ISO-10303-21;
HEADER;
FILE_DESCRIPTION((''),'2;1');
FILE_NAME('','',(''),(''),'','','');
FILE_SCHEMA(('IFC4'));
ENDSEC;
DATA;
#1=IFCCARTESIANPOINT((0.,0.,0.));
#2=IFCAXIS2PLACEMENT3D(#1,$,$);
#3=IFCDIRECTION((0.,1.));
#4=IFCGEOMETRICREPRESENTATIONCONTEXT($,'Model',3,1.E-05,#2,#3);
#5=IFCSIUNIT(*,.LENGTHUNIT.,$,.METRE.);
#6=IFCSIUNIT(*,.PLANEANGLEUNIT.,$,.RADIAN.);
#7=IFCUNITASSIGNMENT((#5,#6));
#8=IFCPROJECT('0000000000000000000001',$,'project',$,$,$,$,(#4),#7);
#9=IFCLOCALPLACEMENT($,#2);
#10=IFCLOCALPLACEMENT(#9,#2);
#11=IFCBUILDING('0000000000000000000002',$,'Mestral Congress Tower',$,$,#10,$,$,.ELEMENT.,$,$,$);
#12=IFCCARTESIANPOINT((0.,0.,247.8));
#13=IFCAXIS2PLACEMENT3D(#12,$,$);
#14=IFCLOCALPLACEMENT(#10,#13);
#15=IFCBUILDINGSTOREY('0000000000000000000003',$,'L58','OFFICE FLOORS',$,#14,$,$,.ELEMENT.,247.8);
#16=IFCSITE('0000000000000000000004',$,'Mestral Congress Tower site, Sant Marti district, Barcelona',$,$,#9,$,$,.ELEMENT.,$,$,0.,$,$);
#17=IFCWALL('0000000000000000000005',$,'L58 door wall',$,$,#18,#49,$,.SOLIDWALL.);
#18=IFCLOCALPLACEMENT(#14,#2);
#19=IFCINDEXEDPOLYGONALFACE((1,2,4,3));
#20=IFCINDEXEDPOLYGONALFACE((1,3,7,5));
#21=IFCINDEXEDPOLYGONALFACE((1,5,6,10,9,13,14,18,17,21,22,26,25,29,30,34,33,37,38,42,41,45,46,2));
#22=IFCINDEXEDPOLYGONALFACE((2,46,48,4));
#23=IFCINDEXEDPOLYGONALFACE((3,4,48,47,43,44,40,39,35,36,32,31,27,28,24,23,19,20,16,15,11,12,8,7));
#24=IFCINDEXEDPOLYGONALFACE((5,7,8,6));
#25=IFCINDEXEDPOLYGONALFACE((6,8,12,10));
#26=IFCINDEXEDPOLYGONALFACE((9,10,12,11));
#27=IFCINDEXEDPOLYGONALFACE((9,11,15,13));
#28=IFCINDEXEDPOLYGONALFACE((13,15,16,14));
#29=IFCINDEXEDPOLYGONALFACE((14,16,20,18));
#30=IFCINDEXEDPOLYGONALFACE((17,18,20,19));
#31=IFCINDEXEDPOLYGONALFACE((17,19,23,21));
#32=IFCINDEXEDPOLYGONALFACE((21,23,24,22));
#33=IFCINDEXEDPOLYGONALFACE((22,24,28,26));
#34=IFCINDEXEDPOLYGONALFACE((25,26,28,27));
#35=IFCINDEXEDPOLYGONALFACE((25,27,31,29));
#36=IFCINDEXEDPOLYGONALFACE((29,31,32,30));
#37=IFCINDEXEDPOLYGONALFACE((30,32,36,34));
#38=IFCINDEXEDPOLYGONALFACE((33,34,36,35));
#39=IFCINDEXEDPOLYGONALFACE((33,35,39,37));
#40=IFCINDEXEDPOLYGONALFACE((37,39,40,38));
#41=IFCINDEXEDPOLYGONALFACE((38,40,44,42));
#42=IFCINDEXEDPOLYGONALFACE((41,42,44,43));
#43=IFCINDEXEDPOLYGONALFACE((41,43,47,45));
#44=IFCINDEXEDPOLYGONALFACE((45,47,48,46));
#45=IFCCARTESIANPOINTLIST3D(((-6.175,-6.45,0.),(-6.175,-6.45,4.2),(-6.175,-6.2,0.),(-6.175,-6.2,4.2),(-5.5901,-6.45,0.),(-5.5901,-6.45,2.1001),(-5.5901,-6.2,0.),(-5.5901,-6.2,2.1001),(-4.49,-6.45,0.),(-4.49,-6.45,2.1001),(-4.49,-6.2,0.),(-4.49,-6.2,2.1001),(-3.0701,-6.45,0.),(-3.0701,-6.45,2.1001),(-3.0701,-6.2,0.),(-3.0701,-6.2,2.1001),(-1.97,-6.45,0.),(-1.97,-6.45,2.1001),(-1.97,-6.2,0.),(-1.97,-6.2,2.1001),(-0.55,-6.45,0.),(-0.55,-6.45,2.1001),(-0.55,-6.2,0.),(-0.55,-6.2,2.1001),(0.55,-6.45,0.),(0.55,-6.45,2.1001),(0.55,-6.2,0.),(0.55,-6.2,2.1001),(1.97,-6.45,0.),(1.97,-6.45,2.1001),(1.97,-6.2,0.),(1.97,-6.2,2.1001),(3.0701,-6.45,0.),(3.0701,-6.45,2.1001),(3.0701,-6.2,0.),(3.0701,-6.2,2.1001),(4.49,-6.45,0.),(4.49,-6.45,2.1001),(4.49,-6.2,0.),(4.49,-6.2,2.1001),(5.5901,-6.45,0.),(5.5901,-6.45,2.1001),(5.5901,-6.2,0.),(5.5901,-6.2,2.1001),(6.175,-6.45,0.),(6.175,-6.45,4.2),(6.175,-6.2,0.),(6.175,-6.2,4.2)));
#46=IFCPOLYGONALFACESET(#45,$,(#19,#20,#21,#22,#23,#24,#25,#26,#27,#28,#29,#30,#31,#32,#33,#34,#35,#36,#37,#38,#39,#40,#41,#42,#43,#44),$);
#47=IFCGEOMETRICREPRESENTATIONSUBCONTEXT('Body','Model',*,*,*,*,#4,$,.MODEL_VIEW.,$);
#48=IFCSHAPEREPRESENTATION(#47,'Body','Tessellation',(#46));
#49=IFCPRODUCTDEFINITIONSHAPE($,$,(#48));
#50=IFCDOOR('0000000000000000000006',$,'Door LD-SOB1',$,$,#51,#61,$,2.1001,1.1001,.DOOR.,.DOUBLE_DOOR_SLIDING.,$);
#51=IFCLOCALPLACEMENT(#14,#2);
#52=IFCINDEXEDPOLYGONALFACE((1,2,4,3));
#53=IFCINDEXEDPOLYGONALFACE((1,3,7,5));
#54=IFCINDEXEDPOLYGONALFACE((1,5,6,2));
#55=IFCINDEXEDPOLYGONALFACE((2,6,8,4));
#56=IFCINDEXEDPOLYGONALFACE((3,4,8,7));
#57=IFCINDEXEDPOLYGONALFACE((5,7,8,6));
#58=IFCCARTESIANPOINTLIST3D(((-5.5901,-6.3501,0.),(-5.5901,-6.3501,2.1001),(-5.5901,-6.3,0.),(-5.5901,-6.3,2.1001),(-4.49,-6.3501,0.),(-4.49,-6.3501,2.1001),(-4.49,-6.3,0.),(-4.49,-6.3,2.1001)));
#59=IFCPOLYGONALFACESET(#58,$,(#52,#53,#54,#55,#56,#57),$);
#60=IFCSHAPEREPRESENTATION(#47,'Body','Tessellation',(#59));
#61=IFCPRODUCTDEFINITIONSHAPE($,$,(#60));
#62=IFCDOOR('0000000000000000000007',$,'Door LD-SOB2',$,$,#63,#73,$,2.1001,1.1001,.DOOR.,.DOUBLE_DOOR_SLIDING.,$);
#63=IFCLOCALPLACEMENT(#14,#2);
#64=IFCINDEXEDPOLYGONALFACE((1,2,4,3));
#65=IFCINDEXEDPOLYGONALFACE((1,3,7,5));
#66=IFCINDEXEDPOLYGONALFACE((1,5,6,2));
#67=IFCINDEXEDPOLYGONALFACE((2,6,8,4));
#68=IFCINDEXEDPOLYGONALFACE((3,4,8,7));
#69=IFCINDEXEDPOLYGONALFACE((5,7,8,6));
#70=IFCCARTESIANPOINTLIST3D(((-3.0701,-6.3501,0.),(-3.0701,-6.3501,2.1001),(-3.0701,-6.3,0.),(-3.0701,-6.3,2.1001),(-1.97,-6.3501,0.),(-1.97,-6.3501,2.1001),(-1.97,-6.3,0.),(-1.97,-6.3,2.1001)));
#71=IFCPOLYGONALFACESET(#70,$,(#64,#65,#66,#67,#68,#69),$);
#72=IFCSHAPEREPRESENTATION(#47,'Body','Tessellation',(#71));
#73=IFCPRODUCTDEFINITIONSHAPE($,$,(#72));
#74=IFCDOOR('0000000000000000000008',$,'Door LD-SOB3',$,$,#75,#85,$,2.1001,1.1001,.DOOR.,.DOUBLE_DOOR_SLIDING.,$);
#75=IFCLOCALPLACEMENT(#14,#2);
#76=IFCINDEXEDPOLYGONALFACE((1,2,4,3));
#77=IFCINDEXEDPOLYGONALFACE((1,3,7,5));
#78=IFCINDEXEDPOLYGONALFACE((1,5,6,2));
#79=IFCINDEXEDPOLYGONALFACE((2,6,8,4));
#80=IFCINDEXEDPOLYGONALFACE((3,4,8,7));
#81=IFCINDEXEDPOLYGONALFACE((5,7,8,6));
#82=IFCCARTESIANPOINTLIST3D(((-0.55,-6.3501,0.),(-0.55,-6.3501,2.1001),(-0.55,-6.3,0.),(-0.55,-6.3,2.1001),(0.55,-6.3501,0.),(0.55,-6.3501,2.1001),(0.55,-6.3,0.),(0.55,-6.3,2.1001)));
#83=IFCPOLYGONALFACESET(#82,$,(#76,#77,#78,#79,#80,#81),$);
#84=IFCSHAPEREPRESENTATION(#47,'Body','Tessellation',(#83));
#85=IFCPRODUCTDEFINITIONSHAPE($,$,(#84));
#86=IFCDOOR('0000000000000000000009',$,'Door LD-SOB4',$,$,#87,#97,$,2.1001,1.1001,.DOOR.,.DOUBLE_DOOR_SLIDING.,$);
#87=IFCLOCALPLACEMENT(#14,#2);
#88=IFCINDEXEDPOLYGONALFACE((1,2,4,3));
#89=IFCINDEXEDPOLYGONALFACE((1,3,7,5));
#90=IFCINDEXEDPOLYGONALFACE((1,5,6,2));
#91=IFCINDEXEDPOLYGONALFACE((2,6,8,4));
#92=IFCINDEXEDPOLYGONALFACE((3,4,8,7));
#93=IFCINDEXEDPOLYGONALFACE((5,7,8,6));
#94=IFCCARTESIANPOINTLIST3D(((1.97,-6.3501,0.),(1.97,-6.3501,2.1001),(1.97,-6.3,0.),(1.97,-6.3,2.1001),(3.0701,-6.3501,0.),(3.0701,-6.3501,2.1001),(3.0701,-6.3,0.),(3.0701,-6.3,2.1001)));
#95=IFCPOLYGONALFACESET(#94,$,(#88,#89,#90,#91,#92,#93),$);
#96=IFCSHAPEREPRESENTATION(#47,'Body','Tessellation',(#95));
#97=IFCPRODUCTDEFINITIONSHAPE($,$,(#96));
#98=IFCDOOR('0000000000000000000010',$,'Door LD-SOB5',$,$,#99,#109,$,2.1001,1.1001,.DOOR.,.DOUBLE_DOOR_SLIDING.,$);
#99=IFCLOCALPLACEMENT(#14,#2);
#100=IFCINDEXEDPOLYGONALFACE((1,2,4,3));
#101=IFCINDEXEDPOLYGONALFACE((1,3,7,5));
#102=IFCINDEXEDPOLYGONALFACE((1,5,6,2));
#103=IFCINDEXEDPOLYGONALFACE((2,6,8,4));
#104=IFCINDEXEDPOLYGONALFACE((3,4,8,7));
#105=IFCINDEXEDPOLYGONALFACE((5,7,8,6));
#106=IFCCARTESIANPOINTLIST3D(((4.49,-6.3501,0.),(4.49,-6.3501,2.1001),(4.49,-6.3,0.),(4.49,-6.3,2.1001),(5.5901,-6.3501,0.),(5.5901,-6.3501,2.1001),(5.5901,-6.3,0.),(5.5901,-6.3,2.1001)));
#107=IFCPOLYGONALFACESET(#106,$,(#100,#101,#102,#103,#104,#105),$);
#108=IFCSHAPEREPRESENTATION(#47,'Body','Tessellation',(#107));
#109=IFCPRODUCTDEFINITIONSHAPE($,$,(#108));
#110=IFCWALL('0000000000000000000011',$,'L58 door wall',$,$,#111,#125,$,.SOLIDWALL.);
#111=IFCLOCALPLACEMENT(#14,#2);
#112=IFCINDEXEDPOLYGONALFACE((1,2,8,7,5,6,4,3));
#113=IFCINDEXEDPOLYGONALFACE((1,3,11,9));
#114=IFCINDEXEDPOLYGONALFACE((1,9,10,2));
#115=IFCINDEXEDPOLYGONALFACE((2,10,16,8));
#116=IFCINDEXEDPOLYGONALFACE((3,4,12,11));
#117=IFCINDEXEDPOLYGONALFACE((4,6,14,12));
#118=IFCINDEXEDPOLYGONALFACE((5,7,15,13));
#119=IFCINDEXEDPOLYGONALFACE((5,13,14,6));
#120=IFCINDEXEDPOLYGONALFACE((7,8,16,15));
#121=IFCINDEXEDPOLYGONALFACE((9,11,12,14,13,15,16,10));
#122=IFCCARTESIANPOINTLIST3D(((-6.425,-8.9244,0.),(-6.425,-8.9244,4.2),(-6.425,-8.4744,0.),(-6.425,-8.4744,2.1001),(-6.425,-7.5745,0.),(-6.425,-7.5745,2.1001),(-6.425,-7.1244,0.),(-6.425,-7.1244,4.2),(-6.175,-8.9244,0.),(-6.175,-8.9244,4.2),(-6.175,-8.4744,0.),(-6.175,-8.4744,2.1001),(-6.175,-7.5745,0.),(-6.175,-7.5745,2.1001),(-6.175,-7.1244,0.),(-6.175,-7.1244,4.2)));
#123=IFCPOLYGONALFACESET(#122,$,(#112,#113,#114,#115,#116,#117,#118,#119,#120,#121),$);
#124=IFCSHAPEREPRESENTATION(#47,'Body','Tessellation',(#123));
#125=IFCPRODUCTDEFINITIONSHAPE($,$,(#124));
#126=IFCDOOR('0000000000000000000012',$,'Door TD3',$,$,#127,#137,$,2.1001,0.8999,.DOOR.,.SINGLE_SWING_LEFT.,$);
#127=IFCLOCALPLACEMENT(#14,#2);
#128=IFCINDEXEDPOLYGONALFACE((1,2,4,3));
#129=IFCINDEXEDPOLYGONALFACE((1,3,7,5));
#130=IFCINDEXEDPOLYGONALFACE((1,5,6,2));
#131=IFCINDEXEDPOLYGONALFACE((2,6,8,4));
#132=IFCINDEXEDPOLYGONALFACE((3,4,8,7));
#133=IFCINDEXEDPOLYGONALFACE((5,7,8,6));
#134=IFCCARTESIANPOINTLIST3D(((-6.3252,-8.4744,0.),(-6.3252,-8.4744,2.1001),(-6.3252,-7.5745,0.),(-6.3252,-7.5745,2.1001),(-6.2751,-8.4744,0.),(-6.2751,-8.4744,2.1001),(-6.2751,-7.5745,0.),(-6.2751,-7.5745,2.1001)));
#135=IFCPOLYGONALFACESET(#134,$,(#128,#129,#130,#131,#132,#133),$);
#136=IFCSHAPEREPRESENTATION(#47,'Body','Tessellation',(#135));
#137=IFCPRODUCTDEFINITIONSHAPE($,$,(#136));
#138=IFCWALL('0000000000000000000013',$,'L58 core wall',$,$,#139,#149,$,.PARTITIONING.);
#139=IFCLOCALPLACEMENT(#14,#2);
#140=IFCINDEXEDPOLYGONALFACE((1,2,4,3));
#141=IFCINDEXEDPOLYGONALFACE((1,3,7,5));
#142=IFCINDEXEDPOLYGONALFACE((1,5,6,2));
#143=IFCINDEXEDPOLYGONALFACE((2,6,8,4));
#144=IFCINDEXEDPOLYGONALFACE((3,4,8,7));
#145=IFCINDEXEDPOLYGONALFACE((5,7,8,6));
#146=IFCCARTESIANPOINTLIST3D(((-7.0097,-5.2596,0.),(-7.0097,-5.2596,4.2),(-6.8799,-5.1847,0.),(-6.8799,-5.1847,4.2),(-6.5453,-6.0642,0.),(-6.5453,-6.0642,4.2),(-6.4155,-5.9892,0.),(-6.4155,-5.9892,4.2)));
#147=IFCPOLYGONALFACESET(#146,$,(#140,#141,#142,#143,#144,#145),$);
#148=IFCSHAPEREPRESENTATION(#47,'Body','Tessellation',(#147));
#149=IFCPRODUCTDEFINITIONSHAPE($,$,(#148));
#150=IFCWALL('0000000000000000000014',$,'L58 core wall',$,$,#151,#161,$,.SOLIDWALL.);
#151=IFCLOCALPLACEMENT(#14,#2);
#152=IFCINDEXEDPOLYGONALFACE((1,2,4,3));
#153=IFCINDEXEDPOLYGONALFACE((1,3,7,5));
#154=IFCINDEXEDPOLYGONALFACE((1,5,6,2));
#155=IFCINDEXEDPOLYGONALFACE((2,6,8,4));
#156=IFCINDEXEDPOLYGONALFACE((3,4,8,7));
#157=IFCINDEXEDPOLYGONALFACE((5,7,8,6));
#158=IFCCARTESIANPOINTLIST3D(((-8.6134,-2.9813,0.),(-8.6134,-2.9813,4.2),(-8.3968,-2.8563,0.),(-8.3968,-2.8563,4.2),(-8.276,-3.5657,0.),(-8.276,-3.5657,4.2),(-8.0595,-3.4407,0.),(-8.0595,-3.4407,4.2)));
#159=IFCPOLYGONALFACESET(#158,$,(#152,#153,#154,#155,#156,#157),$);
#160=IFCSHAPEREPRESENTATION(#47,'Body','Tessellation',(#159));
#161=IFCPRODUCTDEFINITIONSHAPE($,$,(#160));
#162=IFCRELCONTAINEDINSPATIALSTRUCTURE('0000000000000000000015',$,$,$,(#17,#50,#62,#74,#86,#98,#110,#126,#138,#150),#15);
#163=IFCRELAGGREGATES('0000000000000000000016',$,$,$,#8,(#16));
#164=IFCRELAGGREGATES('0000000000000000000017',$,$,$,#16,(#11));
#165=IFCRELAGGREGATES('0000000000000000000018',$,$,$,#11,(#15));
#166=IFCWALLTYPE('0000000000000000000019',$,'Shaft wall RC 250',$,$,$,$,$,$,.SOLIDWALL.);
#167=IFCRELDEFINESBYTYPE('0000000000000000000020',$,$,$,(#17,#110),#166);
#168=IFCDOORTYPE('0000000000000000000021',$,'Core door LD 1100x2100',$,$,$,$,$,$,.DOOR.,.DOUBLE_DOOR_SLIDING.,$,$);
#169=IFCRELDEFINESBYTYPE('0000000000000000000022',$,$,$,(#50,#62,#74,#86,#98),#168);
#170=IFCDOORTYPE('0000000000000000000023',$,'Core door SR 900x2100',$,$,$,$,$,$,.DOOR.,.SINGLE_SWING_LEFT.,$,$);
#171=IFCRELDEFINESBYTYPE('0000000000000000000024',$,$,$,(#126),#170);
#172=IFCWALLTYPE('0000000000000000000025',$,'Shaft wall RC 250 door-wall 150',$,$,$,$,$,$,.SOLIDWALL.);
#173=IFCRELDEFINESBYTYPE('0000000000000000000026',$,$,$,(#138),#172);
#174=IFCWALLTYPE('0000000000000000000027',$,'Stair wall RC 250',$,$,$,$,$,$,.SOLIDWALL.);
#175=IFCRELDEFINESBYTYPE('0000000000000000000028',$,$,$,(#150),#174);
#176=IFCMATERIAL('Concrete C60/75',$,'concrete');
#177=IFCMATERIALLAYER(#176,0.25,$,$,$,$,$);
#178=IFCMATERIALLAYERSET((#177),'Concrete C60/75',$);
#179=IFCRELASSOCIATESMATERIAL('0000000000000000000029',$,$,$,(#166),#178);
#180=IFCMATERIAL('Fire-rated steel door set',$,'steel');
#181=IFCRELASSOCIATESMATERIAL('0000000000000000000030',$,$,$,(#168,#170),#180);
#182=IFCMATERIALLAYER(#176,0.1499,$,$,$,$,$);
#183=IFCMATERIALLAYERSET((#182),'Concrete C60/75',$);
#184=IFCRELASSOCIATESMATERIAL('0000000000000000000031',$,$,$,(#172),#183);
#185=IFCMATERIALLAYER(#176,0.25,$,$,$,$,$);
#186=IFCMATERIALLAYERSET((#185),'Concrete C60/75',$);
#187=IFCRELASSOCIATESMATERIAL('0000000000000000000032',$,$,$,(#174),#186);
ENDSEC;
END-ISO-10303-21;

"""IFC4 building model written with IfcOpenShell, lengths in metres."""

from ifc_helpers import new_model, si_unit, direction, frame, frame_2d, origin, place, context, subcontext, project, spatial, rectangle, extrude, material, layer, layer_set, type_object, element, fill, save


model = new_model("IFC4")

# Units and contexts
model_context = context("Model", 3, precision=1e-05, world=origin(), true_north=direction((0.0, 1.0)))
body_context = subcontext(model_context, "Body", "Model", "MODEL_VIEW")
ifc_project = project(units=[si_unit("LENGTHUNIT", "METRE"), si_unit("PLANEANGLEUNIT", "RADIAN")], contexts=[model_context])

# Site, building, storey
site_placement = place(None, origin())
site = spatial("IfcSite", under=ifc_project, at=site_placement, Name="Mestral Congress Tower site, Sant Marti district, Barcelona", CompositionType="ELEMENT", RefElevation=0.0)
building_placement = place(site_placement, origin())
building = spatial("IfcBuilding", under=site, at=building_placement, Name="Mestral Congress Tower", CompositionType="ELEMENT")
storey_placement = place(building_placement, frame((0.0, 0.0, 247.8)))
storey = spatial("IfcBuildingStorey", under=building, at=storey_placement, Name="L58", Description="OFFICE FLOORS", CompositionType="ELEMENT", Elevation=247.8)

# Shared definitions
ifc_material_1 = material(Name="Fire-rated steel door set", Category="steel")

# Shared definitions
ifc_material_2 = material(Name="Concrete C60/75", Category="concrete")
ifc_layer_1 = layer(ifc_material_2, 0.25)
ifc_layer_set_1 = layer_set([ifc_layer_1], Name="Concrete C60/75")
wall_type_1 = type_object("IfcWallType", Name="Shaft wall RC 250", PredefinedType="SOLIDWALL", material=ifc_layer_set_1)

# Wall, openings, doors
wall_1_placement = place(storey_placement, frame((-6.175, -6.325, 0.0), z_axis=(0.0, 0.0, 1.0), x_axis=(1.0, 0.0, 0.0)))
wall_1 = element("IfcWall", 1, at=wall_1_placement, inside=storey, type_object=wall_type_1, Name="L58 door wall", PredefinedType="SOLIDWALL", context=body_context, shape_type="SweptSolid", body=[
    extrude(rectangle(XDim=12.3501, YDim=0.25, at=frame_2d((6.175, 0.0))), origin(), (0.0, 0.0, 1.0), 4.2),
])
opening_1_placement = place(wall_1_placement, frame((0.585, 0.0, 0.0)))
opening_1 = element("IfcOpeningElement", 2, at=opening_1_placement, cuts=wall_1, PredefinedType="OPENING", context=body_context, shape_type="SweptSolid", body=[
    extrude(rectangle(XDim=1.1001, YDim=2.1001, at=frame_2d((0.55, 1.05))), frame((0.0, 0.135, 0.0), z_axis=(0.0, -1.0, 0.0), x_axis=(1.0, 0.0, 0.0)), (0.0, 0.0, 1.0), 0.27),
])
opening_2_placement = place(wall_1_placement, frame((3.105, 0.0, 0.0)))
opening_2 = element("IfcOpeningElement", 3, at=opening_2_placement, cuts=wall_1, PredefinedType="OPENING", context=body_context, shape_type="SweptSolid", body=[
    extrude(rectangle(XDim=1.1001, YDim=2.1001, at=frame_2d((0.55, 1.05))), frame((0.0, 0.135, 0.0), z_axis=(0.0, -1.0, 0.0), x_axis=(1.0, 0.0, 0.0)), (0.0, 0.0, 1.0), 0.27),
])
opening_3_placement = place(wall_1_placement, frame((5.625, 0.0, 0.0)))
opening_3 = element("IfcOpeningElement", 4, at=opening_3_placement, cuts=wall_1, PredefinedType="OPENING", context=body_context, shape_type="SweptSolid", body=[
    extrude(rectangle(XDim=1.1001, YDim=2.1001, at=frame_2d((0.55, 1.05))), frame((0.0, 0.135, 0.0), z_axis=(0.0, -1.0, 0.0), x_axis=(1.0, 0.0, 0.0)), (0.0, 0.0, 1.0), 0.27),
])
opening_4_placement = place(wall_1_placement, frame((8.145, 0.0, 0.0)))
opening_4 = element("IfcOpeningElement", 5, at=opening_4_placement, cuts=wall_1, PredefinedType="OPENING", context=body_context, shape_type="SweptSolid", body=[
    extrude(rectangle(XDim=1.1001, YDim=2.1001, at=frame_2d((0.55, 1.05))), frame((0.0, 0.135, 0.0), z_axis=(0.0, -1.0, 0.0), x_axis=(1.0, 0.0, 0.0)), (0.0, 0.0, 1.0), 0.27),
])
opening_5_placement = place(wall_1_placement, frame((10.665, 0.0, 0.0)))
opening_5 = element("IfcOpeningElement", 6, at=opening_5_placement, cuts=wall_1, PredefinedType="OPENING", context=body_context, shape_type="SweptSolid", body=[
    extrude(rectangle(XDim=1.1001, YDim=2.1001, at=frame_2d((0.55, 1.05))), frame((0.0, 0.135, 0.0), z_axis=(0.0, -1.0, 0.0), x_axis=(1.0, 0.0, 0.0)), (0.0, 0.0, 1.0), 0.27),
])
door_type_1 = type_object("IfcDoorType", Name="Core door LD 1100x2100", OperationType="DOUBLE_DOOR_SLIDING", PredefinedType="DOOR", material=ifc_material_1)
door_1_placement = place(opening_1_placement, origin())
door_1 = element("IfcDoor", 7, at=door_1_placement, inside=storey, type_object=door_type_1, Name="Door LD-SOB1", OperationType="DOUBLE_DOOR_SLIDING", OverallHeight=2.1001, OverallWidth=1.1001, PredefinedType="DOOR", context=body_context, shape_type="SweptSolid", body=[
    extrude(rectangle(XDim=1.1001, YDim=2.1001, at=frame_2d((0.55, 1.05))), frame((0.0, 0.0249, 0.0), z_axis=(0.0, -1.0, 0.0), x_axis=(1.0, 0.0, 0.0)), (0.0, 0.0, 1.0), 0.05),
])
fill(opening_1, door_1)
door_2_placement = place(opening_2_placement, origin())
door_2 = element("IfcDoor", 8, at=door_2_placement, inside=storey, type_object=door_type_1, Name="Door LD-SOB2", OperationType="DOUBLE_DOOR_SLIDING", OverallHeight=2.1001, OverallWidth=1.1001, PredefinedType="DOOR", context=body_context, shape_type="SweptSolid", body=[
    extrude(rectangle(XDim=1.1001, YDim=2.1001, at=frame_2d((0.55, 1.05))), frame((0.0, 0.0249, 0.0), z_axis=(0.0, -1.0, 0.0), x_axis=(1.0, 0.0, 0.0)), (0.0, 0.0, 1.0), 0.05),
])
fill(opening_2, door_2)
door_3_placement = place(opening_3_placement, origin())
door_3 = element("IfcDoor", 9, at=door_3_placement, inside=storey, type_object=door_type_1, Name="Door LD-SOB3", OperationType="DOUBLE_DOOR_SLIDING", OverallHeight=2.1001, OverallWidth=1.1001, PredefinedType="DOOR", context=body_context, shape_type="SweptSolid", body=[
    extrude(rectangle(XDim=1.1001, YDim=2.1001, at=frame_2d((0.55, 1.05))), frame((0.0, 0.0249, 0.0), z_axis=(0.0, -1.0, 0.0), x_axis=(1.0, 0.0, 0.0)), (0.0, 0.0, 1.0), 0.05),
])
fill(opening_3, door_3)
door_4_placement = place(opening_4_placement, origin())
door_4 = element("IfcDoor", 10, at=door_4_placement, inside=storey, type_object=door_type_1, Name="Door LD-SOB4", OperationType="DOUBLE_DOOR_SLIDING", OverallHeight=2.1001, OverallWidth=1.1001, PredefinedType="DOOR", context=body_context, shape_type="SweptSolid", body=[
    extrude(rectangle(XDim=1.1001, YDim=2.1001, at=frame_2d((0.55, 1.05))), frame((0.0, 0.0249, 0.0), z_axis=(0.0, -1.0, 0.0), x_axis=(1.0, 0.0, 0.0)), (0.0, 0.0, 1.0), 0.05),
])
fill(opening_4, door_4)
door_5_placement = place(opening_5_placement, origin())
door_5 = element("IfcDoor", 11, at=door_5_placement, inside=storey, type_object=door_type_1, Name="Door LD-SOB5", OperationType="DOUBLE_DOOR_SLIDING", OverallHeight=2.1001, OverallWidth=1.1001, PredefinedType="DOOR", context=body_context, shape_type="SweptSolid", body=[
    extrude(rectangle(XDim=1.1001, YDim=2.1001, at=frame_2d((0.55, 1.05))), frame((0.0, 0.0249, 0.0), z_axis=(0.0, -1.0, 0.0), x_axis=(1.0, 0.0, 0.0)), (0.0, 0.0, 1.0), 0.05),
])
fill(opening_5, door_5)

# Wall, opening, door
wall_2_placement = place(storey_placement, frame((-6.3, -7.1245, 0.0), z_axis=(0.0, 0.0, 1.0), x_axis=(0.0, -1.0, 0.0)))
wall_2 = element("IfcWall", 12, at=wall_2_placement, inside=storey, type_object=wall_type_1, Name="L58 door wall", PredefinedType="SOLIDWALL", context=body_context, shape_type="SweptSolid", body=[
    extrude(rectangle(XDim=1.8, YDim=0.25, at=frame_2d((0.8999, 0.0))), origin(), (0.0, 0.0, 1.0), 4.2),
])
opening_6_placement = place(wall_2_placement, frame((0.45, 0.0, 0.0)))
opening_6 = element("IfcOpeningElement", 13, at=opening_6_placement, cuts=wall_2, PredefinedType="OPENING", context=body_context, shape_type="SweptSolid", body=[
    extrude(rectangle(XDim=0.8999, YDim=2.1001, at=frame_2d((0.45, 1.05))), frame((0.0, 0.135, 0.0), z_axis=(0.0, -1.0, 0.0), x_axis=(1.0, 0.0, 0.0)), (0.0, 0.0, 1.0), 0.27),
])
door_type_2 = type_object("IfcDoorType", Name="Core door SR 900x2100", OperationType="SINGLE_SWING_LEFT", PredefinedType="DOOR", material=ifc_material_1)
door_6_placement = place(opening_6_placement, origin())
door_6 = element("IfcDoor", 14, at=door_6_placement, inside=storey, type_object=door_type_2, Name="Door TD3", OperationType="SINGLE_SWING_LEFT", OverallHeight=2.1001, OverallWidth=0.8999, PredefinedType="DOOR", context=body_context, shape_type="SweptSolid", body=[
    extrude(rectangle(XDim=0.8999, YDim=2.1001, at=frame_2d((0.45, 1.05))), frame((0.0, 0.0249, 0.0), z_axis=(0.0, -1.0, 0.0), x_axis=(1.0, 0.0, 0.0)), (0.0, 0.0, 1.0), 0.05),
])
fill(opening_6, door_6)

# Walls
ifc_layer_2 = layer(ifc_material_2, 0.1499)
ifc_layer_set_2 = layer_set([ifc_layer_2], Name="Concrete C60/75")
wall_type_2 = type_object("IfcWallType", Name="Shaft wall RC 250 door-wall 150", PredefinedType="SOLIDWALL", material=ifc_layer_set_2)
wall_3_placement = place(storey_placement, frame((-6.4805, -6.0266, 0.0), z_axis=(0.0, 0.0, 1.0), x_axis=(-0.499927, 0.866067, 0.0)))
element("IfcWall", 15, at=wall_3_placement, inside=storey, type_object=wall_type_2, Name="L58 core wall", PredefinedType="PARTITIONING", context=body_context, shape_type="SweptSolid", body=[
    extrude(rectangle(XDim=0.929, YDim=0.1499, at=frame_2d((0.4644, 0.0))), origin(), (0.0, 0.0, 1.0), 4.2),
])
ifc_layer_3 = layer(ifc_material_2, 0.25)
ifc_layer_set_3 = layer_set([ifc_layer_3], Name="Concrete C60/75")
wall_type_3 = type_object("IfcWallType", Name="Stair wall RC 250", PredefinedType="SOLIDWALL", material=ifc_layer_set_3)
wall_4_placement = place(storey_placement, frame((-8.1677, -3.5032, 0.0), z_axis=(0.0, 0.0, 1.0), x_axis=(-0.499952, 0.866053, 0.0)))
element("IfcWall", 16, at=wall_4_placement, inside=storey, type_object=wall_type_3, Name="L58 core wall", PredefinedType="SOLIDWALL", context=body_context, shape_type="SweptSolid", body=[
    extrude(rectangle(XDim=0.6748, YDim=0.25, at=frame_2d((0.3374, 0.0))), origin(), (0.0, 0.0, 1.0), 4.2),
])

save(model, "model.ifc")
